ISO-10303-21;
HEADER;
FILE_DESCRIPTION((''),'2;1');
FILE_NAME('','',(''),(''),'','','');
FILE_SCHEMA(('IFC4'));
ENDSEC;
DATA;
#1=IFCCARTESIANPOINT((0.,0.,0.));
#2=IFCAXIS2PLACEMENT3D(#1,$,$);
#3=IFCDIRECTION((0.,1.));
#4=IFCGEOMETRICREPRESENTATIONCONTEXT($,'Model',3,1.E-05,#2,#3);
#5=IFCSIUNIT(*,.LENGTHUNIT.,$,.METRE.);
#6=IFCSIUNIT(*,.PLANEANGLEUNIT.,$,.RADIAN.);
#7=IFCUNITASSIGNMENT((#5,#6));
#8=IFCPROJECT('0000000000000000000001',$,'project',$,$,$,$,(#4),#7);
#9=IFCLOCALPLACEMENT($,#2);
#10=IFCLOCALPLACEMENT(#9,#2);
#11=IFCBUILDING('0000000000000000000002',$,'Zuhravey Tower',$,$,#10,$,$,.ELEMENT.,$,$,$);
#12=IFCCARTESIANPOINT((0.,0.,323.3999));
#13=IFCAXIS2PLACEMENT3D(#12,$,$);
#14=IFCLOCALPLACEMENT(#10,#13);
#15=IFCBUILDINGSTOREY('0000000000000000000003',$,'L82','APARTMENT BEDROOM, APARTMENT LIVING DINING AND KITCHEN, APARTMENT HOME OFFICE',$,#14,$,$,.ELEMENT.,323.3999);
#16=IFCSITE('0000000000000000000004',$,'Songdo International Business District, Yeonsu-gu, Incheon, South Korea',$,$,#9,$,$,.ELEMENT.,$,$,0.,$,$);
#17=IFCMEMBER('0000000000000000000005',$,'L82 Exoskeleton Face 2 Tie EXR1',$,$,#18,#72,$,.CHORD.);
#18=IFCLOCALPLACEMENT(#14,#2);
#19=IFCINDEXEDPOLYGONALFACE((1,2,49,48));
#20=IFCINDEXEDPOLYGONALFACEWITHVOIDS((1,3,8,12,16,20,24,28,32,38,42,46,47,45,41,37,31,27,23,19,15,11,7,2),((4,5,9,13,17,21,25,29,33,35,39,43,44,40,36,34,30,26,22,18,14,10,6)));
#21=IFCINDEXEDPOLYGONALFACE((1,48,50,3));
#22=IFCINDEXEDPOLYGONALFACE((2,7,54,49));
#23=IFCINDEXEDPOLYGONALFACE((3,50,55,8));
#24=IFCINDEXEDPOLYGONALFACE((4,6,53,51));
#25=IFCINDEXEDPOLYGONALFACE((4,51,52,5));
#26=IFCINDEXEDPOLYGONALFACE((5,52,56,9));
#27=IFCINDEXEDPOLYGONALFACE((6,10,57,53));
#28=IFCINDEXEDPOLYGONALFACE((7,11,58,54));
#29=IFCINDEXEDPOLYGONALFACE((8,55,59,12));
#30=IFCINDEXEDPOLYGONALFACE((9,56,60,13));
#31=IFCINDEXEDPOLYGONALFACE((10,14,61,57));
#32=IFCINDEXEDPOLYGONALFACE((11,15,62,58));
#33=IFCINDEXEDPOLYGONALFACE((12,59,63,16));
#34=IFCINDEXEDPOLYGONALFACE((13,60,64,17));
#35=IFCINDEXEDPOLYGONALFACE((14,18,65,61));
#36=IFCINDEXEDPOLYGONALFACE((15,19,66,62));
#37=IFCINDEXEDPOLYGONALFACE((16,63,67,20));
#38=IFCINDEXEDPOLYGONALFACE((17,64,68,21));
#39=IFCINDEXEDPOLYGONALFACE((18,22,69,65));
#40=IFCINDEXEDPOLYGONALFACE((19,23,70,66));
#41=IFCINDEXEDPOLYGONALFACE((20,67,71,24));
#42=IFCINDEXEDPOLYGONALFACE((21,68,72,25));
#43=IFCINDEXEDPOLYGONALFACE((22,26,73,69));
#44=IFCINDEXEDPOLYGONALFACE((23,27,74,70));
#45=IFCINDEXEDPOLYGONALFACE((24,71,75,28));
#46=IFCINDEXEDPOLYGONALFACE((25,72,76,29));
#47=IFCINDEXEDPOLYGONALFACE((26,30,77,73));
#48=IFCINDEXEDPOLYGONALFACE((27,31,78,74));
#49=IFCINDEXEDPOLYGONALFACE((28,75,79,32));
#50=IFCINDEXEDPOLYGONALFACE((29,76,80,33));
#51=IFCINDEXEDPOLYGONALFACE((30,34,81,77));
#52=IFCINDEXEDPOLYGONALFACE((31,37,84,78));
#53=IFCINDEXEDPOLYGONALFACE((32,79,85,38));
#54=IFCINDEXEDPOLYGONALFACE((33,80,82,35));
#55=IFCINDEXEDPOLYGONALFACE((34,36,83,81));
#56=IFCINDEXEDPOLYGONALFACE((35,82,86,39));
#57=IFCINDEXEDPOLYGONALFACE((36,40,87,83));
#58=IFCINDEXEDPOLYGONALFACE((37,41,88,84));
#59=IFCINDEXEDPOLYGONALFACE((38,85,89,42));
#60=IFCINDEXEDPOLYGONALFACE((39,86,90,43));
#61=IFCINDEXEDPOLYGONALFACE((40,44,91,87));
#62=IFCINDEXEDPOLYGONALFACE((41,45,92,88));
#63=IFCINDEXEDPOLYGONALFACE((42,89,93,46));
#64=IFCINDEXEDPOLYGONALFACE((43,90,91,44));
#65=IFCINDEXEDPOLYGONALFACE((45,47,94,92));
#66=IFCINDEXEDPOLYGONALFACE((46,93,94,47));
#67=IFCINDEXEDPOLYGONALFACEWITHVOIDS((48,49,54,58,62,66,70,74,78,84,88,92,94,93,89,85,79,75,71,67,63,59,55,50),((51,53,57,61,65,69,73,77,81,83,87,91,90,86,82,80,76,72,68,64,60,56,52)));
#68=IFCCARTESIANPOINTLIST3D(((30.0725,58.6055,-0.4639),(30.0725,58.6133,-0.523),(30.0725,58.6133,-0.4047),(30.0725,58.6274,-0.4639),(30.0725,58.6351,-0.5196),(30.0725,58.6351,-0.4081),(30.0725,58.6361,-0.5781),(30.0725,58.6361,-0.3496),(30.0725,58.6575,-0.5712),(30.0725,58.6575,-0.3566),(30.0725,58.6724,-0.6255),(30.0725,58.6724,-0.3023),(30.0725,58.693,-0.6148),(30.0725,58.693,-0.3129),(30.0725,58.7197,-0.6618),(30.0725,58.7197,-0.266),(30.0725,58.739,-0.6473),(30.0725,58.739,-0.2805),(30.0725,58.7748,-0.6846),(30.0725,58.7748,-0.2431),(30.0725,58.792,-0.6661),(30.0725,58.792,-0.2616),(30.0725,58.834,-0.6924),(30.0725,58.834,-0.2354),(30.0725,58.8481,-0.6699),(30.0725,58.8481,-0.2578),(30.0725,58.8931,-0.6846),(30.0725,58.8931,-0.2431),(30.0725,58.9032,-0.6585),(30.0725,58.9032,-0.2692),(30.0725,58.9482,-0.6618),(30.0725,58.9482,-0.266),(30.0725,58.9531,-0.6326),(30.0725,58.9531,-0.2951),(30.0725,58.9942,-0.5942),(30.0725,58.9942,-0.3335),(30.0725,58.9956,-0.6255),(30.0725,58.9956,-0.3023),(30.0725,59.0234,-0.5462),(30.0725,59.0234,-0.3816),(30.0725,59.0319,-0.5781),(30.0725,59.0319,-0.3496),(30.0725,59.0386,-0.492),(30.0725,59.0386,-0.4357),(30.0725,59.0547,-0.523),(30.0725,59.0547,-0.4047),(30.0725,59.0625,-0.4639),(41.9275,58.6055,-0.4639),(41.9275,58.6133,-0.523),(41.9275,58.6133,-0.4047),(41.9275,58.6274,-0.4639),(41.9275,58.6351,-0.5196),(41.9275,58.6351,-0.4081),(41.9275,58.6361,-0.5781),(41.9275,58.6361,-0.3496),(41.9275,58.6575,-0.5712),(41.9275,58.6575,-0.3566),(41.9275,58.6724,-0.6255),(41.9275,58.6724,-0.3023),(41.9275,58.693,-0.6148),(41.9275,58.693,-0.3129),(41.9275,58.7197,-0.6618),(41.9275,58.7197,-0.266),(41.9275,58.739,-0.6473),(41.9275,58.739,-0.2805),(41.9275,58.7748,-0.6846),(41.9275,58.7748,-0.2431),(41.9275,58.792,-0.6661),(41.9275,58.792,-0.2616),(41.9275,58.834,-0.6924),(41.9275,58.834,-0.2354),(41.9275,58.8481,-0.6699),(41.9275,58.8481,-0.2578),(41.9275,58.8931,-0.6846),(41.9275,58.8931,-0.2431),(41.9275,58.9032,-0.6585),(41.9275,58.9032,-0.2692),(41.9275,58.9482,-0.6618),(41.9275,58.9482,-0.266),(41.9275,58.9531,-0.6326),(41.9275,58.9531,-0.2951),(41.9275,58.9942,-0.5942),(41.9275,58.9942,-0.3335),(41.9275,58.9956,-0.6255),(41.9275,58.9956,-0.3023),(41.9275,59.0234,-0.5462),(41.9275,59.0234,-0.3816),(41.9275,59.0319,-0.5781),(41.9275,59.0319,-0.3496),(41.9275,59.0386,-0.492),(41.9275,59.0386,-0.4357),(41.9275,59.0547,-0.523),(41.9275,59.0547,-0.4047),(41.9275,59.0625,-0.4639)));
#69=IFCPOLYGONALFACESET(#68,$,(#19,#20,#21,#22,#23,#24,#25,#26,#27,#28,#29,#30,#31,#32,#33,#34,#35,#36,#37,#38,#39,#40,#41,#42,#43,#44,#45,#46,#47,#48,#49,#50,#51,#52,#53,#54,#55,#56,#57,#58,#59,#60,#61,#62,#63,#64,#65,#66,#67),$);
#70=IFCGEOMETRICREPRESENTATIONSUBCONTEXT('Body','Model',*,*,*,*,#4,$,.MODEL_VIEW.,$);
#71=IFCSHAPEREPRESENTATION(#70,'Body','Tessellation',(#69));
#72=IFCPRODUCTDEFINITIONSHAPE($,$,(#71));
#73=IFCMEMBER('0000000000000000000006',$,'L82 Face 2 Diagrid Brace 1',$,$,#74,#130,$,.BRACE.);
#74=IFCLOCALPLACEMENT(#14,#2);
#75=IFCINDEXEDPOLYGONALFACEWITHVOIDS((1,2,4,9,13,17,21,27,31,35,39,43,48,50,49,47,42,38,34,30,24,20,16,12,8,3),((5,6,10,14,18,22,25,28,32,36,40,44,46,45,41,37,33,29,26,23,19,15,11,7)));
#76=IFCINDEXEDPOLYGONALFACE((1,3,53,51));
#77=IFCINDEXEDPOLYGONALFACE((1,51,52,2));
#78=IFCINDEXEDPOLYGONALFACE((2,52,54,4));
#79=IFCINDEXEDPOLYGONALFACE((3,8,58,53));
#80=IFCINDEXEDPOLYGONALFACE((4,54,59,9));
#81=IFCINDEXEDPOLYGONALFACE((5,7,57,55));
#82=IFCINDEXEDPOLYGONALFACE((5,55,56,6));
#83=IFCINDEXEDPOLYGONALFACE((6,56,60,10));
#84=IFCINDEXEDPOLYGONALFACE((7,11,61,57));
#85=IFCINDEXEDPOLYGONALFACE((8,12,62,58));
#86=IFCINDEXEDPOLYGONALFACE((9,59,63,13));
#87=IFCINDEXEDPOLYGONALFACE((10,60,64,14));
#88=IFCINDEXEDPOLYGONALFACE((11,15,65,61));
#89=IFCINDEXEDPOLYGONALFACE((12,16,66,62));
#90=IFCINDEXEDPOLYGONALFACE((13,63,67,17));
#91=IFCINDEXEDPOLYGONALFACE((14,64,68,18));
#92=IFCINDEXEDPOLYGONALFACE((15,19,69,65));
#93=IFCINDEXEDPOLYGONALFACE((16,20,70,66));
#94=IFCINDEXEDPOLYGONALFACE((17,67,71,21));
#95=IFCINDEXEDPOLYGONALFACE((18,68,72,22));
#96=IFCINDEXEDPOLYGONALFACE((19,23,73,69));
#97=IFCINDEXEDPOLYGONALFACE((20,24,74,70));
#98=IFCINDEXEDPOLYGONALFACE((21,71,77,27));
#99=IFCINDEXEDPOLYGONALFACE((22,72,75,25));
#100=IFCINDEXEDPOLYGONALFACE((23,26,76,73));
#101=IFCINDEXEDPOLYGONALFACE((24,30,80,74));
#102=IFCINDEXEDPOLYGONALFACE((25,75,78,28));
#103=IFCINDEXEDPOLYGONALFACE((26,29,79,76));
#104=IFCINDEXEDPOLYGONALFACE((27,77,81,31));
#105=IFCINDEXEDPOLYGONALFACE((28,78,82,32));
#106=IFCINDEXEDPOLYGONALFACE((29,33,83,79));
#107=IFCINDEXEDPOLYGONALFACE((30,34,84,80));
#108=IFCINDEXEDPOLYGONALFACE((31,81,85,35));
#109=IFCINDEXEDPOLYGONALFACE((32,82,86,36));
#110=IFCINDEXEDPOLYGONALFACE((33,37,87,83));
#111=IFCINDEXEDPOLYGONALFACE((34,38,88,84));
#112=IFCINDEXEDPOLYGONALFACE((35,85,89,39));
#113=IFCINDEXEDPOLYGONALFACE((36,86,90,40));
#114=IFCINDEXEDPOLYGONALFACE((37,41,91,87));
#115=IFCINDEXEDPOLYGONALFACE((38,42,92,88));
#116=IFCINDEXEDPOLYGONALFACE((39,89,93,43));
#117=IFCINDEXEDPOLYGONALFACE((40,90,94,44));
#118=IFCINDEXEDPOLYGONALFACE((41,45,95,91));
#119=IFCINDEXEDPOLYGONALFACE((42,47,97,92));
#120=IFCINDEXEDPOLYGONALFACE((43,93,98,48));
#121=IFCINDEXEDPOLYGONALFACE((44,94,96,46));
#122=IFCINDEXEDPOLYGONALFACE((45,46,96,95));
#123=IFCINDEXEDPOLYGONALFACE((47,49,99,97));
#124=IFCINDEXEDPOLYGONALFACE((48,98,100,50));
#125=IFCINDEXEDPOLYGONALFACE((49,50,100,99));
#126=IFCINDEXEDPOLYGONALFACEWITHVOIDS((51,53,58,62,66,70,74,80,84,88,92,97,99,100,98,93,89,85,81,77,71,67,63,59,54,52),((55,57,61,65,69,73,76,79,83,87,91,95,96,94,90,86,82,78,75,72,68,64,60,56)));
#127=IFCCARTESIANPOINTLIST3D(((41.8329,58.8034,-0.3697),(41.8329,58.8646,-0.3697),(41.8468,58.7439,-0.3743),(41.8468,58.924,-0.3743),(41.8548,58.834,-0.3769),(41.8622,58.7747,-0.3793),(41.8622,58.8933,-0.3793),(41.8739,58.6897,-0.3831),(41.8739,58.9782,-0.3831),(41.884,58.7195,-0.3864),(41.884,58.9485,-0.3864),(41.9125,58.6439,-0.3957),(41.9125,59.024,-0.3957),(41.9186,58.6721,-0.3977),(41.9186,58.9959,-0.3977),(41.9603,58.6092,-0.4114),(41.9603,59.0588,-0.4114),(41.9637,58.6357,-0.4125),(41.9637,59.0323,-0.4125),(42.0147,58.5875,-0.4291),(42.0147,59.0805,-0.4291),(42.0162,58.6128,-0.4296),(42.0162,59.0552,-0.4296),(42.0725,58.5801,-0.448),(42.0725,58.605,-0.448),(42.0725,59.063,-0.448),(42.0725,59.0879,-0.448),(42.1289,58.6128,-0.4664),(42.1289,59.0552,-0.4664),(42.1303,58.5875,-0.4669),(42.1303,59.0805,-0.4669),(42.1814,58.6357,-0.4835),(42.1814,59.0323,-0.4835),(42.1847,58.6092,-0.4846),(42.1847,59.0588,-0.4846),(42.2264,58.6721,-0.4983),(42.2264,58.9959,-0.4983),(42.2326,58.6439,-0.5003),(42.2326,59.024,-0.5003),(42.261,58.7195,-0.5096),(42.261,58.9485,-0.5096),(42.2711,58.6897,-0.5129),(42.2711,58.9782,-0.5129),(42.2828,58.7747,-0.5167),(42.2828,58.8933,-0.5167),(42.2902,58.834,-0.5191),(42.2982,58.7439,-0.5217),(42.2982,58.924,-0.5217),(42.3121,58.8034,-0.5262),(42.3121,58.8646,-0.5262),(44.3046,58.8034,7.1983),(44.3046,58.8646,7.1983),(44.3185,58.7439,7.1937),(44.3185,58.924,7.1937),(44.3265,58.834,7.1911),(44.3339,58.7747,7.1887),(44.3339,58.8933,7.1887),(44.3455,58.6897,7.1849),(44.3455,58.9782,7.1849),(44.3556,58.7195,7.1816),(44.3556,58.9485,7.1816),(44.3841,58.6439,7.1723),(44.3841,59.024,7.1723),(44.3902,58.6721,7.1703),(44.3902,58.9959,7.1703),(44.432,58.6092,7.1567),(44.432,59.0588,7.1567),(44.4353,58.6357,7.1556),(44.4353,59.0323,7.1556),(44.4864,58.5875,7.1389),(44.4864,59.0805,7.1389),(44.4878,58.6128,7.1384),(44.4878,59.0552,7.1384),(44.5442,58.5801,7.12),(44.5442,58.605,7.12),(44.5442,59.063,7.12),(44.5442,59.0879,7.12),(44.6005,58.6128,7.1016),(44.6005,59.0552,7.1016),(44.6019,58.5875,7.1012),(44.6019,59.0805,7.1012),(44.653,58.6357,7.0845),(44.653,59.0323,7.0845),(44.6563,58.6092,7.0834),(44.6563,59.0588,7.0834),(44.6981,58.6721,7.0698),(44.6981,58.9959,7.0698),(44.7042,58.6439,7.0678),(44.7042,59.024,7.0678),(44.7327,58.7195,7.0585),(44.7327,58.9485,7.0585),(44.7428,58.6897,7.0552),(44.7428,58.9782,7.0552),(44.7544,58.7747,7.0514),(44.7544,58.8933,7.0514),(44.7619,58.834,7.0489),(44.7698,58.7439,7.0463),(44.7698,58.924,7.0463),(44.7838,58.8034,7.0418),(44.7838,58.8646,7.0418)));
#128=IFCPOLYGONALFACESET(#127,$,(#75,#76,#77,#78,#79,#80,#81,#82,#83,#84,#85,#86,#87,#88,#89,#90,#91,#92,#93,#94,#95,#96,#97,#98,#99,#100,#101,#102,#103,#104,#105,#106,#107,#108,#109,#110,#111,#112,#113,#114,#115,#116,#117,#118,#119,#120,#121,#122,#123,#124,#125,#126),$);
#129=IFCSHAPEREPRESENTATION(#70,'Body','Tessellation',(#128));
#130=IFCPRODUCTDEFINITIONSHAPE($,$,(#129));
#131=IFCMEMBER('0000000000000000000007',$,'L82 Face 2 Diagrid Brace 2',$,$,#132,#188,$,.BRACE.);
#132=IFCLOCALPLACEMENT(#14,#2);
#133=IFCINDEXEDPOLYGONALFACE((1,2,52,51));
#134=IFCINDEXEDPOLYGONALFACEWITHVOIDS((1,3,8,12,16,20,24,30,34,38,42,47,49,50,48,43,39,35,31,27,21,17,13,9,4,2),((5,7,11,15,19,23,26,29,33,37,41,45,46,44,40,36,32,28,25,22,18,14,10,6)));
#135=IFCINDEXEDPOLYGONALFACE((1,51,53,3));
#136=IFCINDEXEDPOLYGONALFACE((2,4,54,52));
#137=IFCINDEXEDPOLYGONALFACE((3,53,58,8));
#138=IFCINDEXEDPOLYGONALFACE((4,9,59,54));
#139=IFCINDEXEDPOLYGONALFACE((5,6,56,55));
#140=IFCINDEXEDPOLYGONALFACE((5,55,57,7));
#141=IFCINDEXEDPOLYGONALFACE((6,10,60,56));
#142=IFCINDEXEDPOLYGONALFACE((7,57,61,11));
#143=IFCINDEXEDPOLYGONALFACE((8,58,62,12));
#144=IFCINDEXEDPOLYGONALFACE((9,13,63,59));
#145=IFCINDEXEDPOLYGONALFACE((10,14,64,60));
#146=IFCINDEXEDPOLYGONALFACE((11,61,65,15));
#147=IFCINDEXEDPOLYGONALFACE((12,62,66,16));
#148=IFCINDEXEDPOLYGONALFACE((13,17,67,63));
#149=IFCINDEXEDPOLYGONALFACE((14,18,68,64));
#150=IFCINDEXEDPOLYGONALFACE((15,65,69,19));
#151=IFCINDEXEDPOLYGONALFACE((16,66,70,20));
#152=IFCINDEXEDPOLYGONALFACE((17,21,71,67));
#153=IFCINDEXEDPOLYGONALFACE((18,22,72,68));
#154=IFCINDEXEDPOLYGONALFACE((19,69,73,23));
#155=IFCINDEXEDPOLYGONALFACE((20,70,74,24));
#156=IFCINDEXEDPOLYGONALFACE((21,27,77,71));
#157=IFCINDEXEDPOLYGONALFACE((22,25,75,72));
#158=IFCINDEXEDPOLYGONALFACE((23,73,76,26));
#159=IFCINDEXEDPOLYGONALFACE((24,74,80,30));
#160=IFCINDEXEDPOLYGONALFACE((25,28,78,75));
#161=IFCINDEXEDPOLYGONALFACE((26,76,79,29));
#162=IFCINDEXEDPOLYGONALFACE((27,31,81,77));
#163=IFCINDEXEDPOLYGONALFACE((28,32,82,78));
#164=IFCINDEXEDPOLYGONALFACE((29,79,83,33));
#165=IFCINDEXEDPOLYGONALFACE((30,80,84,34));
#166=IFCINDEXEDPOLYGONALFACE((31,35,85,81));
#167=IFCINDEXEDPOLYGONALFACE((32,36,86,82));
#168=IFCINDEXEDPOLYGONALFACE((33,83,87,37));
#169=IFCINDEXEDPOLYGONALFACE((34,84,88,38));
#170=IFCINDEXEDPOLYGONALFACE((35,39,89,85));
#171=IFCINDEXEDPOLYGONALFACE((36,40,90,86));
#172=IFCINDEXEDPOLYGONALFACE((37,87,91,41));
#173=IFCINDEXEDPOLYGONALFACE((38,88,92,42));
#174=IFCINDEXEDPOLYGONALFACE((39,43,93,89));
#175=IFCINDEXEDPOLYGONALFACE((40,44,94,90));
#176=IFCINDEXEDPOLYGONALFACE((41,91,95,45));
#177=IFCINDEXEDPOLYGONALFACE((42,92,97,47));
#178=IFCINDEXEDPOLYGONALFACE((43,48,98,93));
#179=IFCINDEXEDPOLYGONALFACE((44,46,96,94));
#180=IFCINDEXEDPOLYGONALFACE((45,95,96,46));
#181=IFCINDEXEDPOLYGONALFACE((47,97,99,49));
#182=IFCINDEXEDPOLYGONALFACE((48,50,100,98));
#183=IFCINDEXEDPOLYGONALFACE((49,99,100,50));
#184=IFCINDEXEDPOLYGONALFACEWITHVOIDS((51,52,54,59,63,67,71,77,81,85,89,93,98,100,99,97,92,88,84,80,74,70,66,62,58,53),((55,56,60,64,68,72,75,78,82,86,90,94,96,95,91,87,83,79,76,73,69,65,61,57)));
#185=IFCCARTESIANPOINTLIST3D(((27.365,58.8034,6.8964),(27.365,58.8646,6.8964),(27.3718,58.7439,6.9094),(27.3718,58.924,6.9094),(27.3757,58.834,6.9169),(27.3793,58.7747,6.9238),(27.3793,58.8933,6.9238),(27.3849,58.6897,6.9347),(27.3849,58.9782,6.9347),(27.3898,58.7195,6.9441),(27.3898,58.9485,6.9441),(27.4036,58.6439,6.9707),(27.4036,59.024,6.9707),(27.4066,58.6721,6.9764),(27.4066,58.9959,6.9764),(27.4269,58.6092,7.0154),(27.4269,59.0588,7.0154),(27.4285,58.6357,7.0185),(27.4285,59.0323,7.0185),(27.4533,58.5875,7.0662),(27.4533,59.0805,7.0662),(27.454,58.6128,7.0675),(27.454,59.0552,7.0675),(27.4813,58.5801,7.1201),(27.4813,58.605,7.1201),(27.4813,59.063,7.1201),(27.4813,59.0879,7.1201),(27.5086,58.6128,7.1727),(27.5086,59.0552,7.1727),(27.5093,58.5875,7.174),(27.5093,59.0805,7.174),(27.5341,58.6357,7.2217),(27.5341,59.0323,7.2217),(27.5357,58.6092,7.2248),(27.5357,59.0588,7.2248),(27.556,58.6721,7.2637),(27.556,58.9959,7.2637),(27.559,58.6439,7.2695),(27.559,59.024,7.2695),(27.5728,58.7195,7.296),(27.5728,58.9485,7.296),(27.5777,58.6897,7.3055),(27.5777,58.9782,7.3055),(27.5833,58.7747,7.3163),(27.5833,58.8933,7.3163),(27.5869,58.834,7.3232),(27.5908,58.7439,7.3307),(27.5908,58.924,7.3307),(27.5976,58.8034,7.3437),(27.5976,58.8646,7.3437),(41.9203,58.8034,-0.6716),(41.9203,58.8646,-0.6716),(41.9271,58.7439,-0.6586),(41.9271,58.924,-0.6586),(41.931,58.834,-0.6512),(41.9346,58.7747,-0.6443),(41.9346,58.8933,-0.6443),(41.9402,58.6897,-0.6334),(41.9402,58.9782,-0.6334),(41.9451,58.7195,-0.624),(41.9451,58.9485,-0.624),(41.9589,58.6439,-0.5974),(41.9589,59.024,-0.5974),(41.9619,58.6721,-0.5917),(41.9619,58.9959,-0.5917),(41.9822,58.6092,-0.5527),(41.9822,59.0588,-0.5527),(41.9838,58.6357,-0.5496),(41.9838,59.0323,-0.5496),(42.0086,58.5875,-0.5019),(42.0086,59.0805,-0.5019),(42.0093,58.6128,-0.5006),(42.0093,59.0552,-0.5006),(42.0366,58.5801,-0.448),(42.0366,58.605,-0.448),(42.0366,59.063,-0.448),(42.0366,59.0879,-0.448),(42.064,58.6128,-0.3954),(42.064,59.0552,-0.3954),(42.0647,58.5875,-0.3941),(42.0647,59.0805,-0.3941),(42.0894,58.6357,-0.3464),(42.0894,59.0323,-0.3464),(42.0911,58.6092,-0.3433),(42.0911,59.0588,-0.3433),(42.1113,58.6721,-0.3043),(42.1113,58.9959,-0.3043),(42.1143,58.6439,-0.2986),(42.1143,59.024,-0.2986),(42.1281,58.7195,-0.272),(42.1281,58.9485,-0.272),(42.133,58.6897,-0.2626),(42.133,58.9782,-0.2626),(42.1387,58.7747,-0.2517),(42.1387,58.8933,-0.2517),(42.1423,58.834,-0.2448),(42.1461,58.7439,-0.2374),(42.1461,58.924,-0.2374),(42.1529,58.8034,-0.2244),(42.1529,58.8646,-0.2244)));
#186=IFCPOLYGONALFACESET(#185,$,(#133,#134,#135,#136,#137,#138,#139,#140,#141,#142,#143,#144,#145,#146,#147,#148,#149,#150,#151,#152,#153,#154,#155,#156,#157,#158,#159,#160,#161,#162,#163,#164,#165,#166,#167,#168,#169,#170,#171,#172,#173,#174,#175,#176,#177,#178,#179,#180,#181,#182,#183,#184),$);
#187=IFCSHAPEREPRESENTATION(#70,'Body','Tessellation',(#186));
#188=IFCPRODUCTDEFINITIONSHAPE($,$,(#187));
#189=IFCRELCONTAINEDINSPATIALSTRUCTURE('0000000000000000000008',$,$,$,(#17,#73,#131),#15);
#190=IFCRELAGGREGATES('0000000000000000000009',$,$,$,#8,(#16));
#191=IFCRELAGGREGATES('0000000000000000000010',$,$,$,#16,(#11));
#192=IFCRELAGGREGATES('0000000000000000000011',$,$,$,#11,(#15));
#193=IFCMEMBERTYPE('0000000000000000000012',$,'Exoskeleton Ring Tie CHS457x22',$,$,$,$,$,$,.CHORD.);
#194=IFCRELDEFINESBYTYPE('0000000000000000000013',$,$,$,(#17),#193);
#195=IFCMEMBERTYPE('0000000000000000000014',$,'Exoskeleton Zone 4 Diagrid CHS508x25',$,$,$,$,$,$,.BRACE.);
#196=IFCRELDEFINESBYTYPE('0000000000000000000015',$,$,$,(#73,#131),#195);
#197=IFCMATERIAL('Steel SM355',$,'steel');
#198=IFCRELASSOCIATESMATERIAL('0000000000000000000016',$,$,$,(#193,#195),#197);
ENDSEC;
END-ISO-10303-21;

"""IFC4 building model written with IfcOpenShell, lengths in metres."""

from ifc_helpers import new_model, si_unit, direction, frame, origin, origin_2d, place, context, subcontext, project, spatial, hollow_circle, extrude, material, material_profile, profile_set, type_object, element, save


model = new_model("IFC4")

# Units and contexts
model_context = context("Model", 3, precision=1e-05, world=origin(), true_north=direction((0.0, 1.0)))
body_context = subcontext(model_context, "Body", "Model", "MODEL_VIEW")
ifc_project = project(units=[si_unit("LENGTHUNIT", "METRE"), si_unit("PLANEANGLEUNIT", "RADIAN")], contexts=[model_context])

# Site, building, storey
site_placement = place(None, origin())
site = spatial("IfcSite", under=ifc_project, at=site_placement, Name="Songdo International Business District, Yeonsu-gu, Incheon, South Korea", CompositionType="ELEMENT", RefElevation=0.0)
building_placement = place(site_placement, origin())
building = spatial("IfcBuilding", under=site, at=building_placement, Name="Zuhravey Tower", CompositionType="ELEMENT")
storey_placement = place(building_placement, frame((0.0, 0.0, 323.3999)))
storey = spatial("IfcBuildingStorey", under=building, at=storey_placement, Name="L82", Description="APARTMENT BEDROOM, APARTMENT LIVING DINING AND KITCHEN, APARTMENT HOME OFFICE", CompositionType="ELEMENT", Elevation=323.3999)

# Members
ifc_material_1 = material(Name="Steel SM355", Category="steel")
ifc_material_profile_1 = material_profile(ifc_material_1, hollow_circle(Radius=0.2285, WallThickness=0.022, at=origin_2d()), Name="CHS-457.2x22")
ifc_profile_set_1 = profile_set([ifc_material_profile_1], Name="Steel SM355")
member_type_1 = type_object("IfcMemberType", Name="Exoskeleton Ring Tie CHS457x22", PredefinedType="CHORD", material=ifc_profile_set_1)
member_1_placement = place(storey_placement, frame((41.9275, 58.834, -0.4639), z_axis=(-1.0, 0.0, 0.0), x_axis=(0.0, -1.0, 0.0)))
element("IfcMember", 1, at=member_1_placement, inside=storey, type_object=member_type_1, Name="L82 Exoskeleton Face 2 Tie EXR1", PredefinedType="CHORD", context=body_context, shape_type="SweptSolid", body=[
    extrude(hollow_circle(Radius=0.2285, WallThickness=0.022, at=origin_2d()), origin(), (0.0, 0.0, 1.0), 11.855),
])
ifc_material_profile_2 = material_profile(ifc_material_1, hollow_circle(Radius=0.2539, WallThickness=0.0249, at=origin_2d()), Name="CHS-508.0x25")
ifc_profile_set_2 = profile_set([ifc_material_profile_2], Name="Steel SM355")
member_type_2 = type_object("IfcMemberType", Name="Exoskeleton Zone 4 Diagrid CHS508x25", PredefinedType="BRACE", material=ifc_profile_set_2)
member_2_placement = place(storey_placement, frame((42.0725, 58.834, -0.448), z_axis=(0.310454, 0.0, 0.950588), x_axis=(0.0, 1.0, 0.0)))
element("IfcMember", 2, at=member_2_placement, inside=storey, type_object=member_type_2, Name="L82 Face 2 Diagrid Brace 1", PredefinedType="BRACE", context=body_context, shape_type="SweptSolid", body=[
    extrude(hollow_circle(Radius=0.2539, WallThickness=0.0249, at=origin_2d()), origin(), (0.0, 0.0, 1.0), 7.9614),
])
member_3_placement = place(storey_placement, frame((42.0366, 58.834, -0.448), z_axis=(-0.887234, 0.0, 0.461319), x_axis=(0.0, -1.0, 0.0)))
element("IfcMember", 3, at=member_3_placement, inside=storey, type_object=member_type_2, Name="L82 Face 2 Diagrid Brace 2", PredefinedType="BRACE", context=body_context, shape_type="SweptSolid", body=[
    extrude(hollow_circle(Radius=0.2539, WallThickness=0.0249, at=origin_2d()), origin(), (0.0, 0.0, 1.0), 16.4053),
])

save(model, "model.ifc")
